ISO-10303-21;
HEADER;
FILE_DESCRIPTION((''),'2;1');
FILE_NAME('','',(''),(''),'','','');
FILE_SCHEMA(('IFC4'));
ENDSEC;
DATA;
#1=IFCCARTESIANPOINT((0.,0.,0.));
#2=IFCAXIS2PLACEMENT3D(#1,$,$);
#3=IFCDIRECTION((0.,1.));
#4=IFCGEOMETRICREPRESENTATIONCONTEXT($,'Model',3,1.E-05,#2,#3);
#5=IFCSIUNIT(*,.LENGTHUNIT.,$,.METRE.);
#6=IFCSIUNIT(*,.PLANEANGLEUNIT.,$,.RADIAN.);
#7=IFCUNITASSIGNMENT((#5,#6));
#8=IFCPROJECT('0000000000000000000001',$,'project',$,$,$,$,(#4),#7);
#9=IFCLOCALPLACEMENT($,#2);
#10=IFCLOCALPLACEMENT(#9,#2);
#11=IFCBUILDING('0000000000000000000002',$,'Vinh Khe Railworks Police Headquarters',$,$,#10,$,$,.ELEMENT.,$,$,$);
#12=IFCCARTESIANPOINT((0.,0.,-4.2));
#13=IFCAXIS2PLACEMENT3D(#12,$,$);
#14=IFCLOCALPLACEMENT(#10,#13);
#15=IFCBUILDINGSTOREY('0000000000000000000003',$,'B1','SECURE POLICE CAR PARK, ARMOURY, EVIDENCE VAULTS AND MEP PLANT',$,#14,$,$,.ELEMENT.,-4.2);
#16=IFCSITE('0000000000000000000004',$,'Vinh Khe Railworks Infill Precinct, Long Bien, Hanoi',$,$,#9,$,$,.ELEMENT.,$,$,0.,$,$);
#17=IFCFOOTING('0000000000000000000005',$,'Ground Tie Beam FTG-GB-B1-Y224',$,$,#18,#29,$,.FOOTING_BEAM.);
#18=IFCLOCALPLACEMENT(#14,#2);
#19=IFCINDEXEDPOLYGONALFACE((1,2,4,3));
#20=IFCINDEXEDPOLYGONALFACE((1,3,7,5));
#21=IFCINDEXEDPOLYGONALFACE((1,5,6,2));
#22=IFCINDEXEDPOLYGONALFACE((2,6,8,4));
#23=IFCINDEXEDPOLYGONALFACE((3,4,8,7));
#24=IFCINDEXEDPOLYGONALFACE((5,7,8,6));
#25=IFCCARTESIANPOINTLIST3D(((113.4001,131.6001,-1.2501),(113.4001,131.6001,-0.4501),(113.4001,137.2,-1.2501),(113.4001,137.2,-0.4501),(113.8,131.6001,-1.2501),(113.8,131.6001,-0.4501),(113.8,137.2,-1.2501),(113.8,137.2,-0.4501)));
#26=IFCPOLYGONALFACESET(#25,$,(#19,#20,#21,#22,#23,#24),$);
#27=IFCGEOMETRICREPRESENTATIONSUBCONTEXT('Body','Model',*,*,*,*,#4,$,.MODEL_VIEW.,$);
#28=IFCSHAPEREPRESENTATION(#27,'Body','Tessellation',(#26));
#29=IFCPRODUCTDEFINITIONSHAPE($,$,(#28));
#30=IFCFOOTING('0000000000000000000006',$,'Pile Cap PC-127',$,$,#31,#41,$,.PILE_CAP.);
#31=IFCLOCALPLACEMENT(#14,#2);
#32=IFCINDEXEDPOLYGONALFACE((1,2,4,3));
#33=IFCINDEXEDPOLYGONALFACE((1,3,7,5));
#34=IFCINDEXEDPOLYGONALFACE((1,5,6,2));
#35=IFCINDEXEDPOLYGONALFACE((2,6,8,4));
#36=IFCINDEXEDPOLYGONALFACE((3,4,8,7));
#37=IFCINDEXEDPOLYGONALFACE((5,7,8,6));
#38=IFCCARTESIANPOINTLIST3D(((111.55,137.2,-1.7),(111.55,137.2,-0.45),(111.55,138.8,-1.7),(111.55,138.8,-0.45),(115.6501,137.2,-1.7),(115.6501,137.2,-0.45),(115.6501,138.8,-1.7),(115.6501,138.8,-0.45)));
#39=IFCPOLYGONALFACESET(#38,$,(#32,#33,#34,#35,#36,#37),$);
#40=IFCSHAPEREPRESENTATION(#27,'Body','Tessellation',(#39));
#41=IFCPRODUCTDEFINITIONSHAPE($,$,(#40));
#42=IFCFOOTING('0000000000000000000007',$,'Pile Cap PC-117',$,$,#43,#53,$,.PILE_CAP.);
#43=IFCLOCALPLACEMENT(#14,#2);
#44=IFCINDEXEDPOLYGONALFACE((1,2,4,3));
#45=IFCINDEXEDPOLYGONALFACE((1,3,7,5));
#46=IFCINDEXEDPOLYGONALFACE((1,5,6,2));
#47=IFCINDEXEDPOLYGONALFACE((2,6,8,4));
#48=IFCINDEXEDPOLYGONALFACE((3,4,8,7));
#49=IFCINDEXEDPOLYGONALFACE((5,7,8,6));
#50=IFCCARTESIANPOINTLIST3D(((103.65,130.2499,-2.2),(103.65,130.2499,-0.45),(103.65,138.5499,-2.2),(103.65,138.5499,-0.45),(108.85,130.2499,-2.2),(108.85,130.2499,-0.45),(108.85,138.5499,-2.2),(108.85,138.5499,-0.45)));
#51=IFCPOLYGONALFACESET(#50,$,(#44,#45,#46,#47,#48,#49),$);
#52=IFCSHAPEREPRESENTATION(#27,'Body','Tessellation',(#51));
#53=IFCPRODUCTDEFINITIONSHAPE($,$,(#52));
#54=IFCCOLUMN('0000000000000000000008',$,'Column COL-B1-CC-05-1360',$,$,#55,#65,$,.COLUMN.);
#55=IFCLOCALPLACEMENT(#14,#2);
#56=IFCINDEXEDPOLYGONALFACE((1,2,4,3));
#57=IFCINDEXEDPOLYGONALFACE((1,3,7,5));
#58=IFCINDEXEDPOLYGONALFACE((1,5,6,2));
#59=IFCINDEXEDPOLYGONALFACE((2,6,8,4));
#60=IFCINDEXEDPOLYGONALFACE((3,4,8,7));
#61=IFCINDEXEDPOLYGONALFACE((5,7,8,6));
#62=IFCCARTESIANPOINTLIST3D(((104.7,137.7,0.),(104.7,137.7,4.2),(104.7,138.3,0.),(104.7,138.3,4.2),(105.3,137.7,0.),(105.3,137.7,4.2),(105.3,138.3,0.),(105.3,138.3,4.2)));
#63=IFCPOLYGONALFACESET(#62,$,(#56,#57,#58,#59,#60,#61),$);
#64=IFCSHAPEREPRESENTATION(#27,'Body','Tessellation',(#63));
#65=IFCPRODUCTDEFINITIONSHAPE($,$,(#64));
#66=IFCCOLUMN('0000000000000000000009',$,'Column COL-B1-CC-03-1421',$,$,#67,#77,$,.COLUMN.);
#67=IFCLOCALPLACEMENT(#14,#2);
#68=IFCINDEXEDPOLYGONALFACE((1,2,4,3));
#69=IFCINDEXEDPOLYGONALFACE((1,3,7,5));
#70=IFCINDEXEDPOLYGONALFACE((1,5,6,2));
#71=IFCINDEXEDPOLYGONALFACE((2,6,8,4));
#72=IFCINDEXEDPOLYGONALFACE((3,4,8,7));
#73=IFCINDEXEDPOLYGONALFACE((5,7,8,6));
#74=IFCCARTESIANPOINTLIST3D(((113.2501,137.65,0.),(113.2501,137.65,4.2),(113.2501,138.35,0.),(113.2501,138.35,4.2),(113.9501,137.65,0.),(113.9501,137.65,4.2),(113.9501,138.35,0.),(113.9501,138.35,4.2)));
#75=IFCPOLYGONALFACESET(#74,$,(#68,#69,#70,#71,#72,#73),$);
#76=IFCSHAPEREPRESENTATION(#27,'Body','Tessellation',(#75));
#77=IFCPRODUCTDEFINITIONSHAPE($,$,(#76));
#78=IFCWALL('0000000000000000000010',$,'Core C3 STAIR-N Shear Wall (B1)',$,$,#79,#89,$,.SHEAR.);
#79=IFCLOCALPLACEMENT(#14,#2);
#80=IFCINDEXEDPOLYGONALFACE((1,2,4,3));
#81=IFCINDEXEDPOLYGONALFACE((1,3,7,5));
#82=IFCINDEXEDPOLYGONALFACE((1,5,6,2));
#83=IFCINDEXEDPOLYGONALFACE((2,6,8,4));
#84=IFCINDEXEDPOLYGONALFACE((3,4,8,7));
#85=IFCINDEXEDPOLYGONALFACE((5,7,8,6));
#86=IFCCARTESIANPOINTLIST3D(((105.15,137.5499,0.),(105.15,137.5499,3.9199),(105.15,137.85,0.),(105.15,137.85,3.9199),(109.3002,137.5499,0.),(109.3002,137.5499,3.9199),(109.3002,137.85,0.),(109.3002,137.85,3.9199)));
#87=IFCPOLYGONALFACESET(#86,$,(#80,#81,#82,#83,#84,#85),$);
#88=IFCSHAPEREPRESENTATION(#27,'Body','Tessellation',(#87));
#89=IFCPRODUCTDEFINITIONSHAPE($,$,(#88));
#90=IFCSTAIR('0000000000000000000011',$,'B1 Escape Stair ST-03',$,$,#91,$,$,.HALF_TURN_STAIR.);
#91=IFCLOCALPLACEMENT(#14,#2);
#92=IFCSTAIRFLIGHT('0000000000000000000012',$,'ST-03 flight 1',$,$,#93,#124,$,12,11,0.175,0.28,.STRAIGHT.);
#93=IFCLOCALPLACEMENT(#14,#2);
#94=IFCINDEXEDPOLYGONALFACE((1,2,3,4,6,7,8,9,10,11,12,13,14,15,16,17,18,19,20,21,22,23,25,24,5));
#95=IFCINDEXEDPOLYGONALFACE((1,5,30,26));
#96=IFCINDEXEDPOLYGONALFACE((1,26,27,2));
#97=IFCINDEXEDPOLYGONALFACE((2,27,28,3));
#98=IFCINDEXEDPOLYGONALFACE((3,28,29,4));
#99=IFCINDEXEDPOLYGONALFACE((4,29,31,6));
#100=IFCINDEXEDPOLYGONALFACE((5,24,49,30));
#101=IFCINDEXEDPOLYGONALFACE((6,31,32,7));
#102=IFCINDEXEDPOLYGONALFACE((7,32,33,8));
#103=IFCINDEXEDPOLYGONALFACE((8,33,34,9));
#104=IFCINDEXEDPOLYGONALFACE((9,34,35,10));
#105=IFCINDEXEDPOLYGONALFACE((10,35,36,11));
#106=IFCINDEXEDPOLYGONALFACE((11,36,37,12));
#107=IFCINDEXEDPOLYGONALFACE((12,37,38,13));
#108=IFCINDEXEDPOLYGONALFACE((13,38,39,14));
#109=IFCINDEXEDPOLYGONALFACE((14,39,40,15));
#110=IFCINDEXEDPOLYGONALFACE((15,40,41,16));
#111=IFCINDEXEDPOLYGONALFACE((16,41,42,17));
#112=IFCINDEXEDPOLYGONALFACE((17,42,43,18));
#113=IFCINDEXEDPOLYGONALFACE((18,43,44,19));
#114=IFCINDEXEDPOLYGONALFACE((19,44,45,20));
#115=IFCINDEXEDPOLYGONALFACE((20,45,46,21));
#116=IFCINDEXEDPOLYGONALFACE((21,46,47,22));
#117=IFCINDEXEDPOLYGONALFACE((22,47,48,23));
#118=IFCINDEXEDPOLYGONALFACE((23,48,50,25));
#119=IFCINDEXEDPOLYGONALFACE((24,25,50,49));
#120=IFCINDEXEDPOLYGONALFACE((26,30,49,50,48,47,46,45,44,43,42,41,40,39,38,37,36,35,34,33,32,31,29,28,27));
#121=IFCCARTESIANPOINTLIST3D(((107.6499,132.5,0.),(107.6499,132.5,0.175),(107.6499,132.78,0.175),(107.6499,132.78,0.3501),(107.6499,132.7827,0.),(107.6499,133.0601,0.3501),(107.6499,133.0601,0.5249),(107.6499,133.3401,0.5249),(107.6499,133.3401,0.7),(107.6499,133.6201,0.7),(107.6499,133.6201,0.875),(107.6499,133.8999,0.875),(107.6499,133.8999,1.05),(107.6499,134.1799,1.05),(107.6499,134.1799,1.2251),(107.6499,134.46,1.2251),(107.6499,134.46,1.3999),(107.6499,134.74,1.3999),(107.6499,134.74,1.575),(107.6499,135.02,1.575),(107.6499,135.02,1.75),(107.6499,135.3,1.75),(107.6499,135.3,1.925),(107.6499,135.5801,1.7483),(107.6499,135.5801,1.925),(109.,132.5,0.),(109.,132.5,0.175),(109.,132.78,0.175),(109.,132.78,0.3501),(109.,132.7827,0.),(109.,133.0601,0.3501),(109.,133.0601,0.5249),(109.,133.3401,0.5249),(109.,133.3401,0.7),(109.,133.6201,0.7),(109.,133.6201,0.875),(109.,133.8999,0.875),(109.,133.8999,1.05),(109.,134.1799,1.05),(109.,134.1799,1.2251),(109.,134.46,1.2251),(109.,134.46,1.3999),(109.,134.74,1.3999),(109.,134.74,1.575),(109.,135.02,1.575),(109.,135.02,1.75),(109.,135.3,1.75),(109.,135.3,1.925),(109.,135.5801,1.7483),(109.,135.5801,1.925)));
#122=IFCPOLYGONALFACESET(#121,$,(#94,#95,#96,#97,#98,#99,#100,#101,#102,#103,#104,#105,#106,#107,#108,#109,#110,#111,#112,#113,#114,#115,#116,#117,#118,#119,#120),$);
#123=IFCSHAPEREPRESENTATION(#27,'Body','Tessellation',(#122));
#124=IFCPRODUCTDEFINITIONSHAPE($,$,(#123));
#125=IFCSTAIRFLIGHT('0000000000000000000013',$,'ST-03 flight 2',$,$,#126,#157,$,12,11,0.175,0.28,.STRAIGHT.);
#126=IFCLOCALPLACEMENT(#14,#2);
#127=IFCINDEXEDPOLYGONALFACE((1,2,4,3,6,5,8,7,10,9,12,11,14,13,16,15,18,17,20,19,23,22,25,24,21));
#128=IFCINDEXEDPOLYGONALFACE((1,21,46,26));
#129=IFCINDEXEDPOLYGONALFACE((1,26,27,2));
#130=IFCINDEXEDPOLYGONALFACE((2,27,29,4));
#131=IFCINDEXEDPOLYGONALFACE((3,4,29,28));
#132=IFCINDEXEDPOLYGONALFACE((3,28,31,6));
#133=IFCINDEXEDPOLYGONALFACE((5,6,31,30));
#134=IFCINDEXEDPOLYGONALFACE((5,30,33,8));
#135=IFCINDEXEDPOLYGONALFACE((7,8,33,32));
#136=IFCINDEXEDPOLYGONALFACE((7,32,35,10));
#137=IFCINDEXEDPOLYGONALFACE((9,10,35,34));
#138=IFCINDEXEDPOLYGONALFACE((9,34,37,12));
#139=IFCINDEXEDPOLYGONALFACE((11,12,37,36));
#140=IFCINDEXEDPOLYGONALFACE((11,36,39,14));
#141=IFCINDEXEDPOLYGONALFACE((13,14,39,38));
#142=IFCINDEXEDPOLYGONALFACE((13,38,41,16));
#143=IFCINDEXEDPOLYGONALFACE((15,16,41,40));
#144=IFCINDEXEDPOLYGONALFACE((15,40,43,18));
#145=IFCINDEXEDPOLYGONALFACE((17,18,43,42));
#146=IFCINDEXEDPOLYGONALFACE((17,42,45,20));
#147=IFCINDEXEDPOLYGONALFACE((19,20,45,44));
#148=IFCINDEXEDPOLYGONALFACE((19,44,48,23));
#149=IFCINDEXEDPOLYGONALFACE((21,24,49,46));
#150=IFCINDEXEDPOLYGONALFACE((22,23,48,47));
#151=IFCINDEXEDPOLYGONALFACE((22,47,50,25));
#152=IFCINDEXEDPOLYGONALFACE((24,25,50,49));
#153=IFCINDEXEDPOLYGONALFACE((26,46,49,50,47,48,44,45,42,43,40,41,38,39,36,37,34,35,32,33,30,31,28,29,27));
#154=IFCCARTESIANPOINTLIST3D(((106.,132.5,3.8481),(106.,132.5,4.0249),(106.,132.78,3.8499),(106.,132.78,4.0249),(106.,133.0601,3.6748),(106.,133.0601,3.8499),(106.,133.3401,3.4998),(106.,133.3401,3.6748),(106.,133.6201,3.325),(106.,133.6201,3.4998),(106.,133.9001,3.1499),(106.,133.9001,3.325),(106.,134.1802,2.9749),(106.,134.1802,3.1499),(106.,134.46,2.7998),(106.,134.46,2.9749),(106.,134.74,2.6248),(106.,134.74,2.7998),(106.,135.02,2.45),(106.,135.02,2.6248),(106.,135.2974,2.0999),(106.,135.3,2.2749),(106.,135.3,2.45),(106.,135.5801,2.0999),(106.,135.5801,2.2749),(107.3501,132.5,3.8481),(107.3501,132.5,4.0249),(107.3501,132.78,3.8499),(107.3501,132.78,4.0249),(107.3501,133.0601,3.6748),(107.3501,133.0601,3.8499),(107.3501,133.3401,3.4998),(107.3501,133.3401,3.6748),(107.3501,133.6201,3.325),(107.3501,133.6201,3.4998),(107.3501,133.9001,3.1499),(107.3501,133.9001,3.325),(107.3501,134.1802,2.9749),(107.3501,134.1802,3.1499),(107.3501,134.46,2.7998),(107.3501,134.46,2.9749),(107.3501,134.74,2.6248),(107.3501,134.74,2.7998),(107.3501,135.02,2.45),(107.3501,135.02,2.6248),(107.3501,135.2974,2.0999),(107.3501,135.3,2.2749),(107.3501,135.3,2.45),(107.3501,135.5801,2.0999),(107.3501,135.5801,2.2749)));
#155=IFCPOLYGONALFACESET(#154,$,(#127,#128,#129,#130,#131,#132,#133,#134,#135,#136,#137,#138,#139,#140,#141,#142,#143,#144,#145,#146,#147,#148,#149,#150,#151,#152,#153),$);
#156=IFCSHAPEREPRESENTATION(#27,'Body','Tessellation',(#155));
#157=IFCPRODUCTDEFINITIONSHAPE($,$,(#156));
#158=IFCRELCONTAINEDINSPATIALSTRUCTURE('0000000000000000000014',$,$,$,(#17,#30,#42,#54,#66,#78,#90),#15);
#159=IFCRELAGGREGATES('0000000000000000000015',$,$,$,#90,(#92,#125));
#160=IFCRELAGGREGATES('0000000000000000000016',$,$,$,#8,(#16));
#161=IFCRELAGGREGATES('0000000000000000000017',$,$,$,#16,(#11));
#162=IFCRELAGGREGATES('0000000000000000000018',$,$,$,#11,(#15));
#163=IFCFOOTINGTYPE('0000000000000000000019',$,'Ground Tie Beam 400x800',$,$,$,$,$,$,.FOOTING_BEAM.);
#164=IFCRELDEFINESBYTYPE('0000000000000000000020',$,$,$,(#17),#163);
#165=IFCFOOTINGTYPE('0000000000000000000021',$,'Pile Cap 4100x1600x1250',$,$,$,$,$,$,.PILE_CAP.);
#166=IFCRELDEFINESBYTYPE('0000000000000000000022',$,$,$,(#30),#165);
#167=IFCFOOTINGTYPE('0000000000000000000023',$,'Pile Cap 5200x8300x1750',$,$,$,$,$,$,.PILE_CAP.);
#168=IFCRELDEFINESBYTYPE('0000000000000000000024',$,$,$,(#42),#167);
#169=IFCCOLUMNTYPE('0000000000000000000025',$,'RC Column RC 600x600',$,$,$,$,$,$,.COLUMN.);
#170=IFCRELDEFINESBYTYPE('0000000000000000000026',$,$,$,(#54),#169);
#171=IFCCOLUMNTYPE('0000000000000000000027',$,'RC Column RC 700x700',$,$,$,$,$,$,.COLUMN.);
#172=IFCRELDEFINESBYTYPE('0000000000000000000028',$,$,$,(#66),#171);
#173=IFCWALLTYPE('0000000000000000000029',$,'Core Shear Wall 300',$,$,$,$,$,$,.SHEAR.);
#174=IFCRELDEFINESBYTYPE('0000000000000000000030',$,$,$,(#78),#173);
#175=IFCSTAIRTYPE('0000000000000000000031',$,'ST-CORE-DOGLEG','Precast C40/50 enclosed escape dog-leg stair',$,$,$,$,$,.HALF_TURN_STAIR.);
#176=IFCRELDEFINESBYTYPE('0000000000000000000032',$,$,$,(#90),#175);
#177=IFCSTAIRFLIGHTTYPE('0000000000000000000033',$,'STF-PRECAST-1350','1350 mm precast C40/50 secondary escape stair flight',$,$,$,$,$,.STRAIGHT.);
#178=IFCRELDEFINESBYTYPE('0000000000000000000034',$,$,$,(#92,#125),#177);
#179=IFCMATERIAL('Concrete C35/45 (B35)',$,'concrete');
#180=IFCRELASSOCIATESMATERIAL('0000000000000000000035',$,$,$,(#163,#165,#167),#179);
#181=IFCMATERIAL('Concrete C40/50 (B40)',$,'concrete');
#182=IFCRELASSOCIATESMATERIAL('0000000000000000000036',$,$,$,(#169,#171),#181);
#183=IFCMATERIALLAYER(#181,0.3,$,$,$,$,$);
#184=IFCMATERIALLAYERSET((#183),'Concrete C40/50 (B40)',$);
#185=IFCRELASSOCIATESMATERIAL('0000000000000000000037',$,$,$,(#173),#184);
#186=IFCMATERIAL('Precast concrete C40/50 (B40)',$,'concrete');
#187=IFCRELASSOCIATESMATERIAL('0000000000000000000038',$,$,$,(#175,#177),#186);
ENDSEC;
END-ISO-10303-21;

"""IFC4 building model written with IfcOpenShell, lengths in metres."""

from ifc_helpers import new_model, si_unit, direction, frame, frame_2d, origin, origin_2d, place, context, subcontext, project, spatial, polyline, rectangle, outline, extrude, material, layer, layer_set, material_profile, profile_set, type_object, element, aggregate, save


model = new_model("IFC4")

# Units and contexts
model_context = context("Model", 3, precision=1e-05, world=origin(), true_north=direction((0.0, 1.0)))
body_context = subcontext(model_context, "Body", "Model", "MODEL_VIEW")
ifc_project = project(units=[si_unit("LENGTHUNIT", "METRE"), si_unit("PLANEANGLEUNIT", "RADIAN")], contexts=[model_context])

# Site, building, storey
site_placement = place(None, origin())
site = spatial("IfcSite", under=ifc_project, at=site_placement, Name="Vinh Khe Railworks Infill Precinct, Long Bien, Hanoi", CompositionType="ELEMENT", RefElevation=0.0)
building_placement = place(site_placement, origin())
building = spatial("IfcBuilding", under=site, at=building_placement, Name="Vinh Khe Railworks Police Headquarters", CompositionType="ELEMENT")
storey_placement = place(building_placement, frame((0.0, 0.0, -4.2)))
storey = spatial("IfcBuildingStorey", under=building, at=storey_placement, Name="B1", Description="SECURE POLICE CAR PARK, ARMOURY, EVIDENCE VAULTS AND MEP PLANT", CompositionType="ELEMENT", Elevation=-4.2)

# Shared definitions
ifc_material_1 = material(Name="Concrete C35/45 (B35)", Category="concrete")

# Footings
ifc_material_profile_1 = material_profile(ifc_material_1, rectangle(XDim=0.3999, YDim=0.8, at=origin_2d()), Name="RC 400x800")
ifc_profile_set_1 = profile_set([ifc_material_profile_1], Name="Concrete C35/45 (B35)")
footing_type_1 = type_object("IfcFootingType", Name="Ground Tie Beam 400x800", PredefinedType="FOOTING_BEAM", material=ifc_profile_set_1)
footing_1_placement = place(storey_placement, frame((113.6001, 131.6001, -0.8501), z_axis=(0.0, 1.0, 0.0), x_axis=(-1.0, 0.0, 0.0)))
element("IfcFooting", 1, at=footing_1_placement, inside=storey, type_object=footing_type_1, Name="Ground Tie Beam FTG-GB-B1-Y224", PredefinedType="FOOTING_BEAM", context=body_context, shape_type="SweptSolid", body=[
    extrude(rectangle(XDim=0.3999, YDim=0.8, at=origin_2d()), origin(), (0.0, 0.0, 1.0), 5.5999),
])
footing_type_2 = type_object("IfcFootingType", Name="Pile Cap 4100x1600x1250", PredefinedType="PILE_CAP", material=ifc_material_1)
footing_2_placement = place(storey_placement, frame((113.6001, 138.0, -1.7), z_axis=(0.0, 0.0, 1.0), x_axis=(1.0, 0.0, 0.0)))
element("IfcFooting", 2, at=footing_2_placement, inside=storey, type_object=footing_type_2, Name="Pile Cap PC-127", PredefinedType="PILE_CAP", context=body_context, shape_type="SweptSolid", body=[
    extrude(rectangle(XDim=4.1001, YDim=1.6001, at=origin_2d()), origin(), (0.0, 0.0, 1.0), 1.25),
])
footing_type_3 = type_object("IfcFootingType", Name="Pile Cap 5200x8300x1750", PredefinedType="PILE_CAP", material=ifc_material_1)
footing_3_placement = place(storey_placement, frame((106.25, 134.3999, -2.2), z_axis=(0.0, 0.0, 1.0), x_axis=(1.0, 0.0, 0.0)))
element("IfcFooting", 3, at=footing_3_placement, inside=storey, type_object=footing_type_3, Name="Pile Cap PC-117", PredefinedType="PILE_CAP", context=body_context, shape_type="SweptSolid", body=[
    extrude(rectangle(XDim=5.2, YDim=8.3, at=origin_2d()), origin(), (0.0, 0.0, 1.0), 1.75),
])

# Columns
ifc_material_2 = material(Name="Concrete C40/50 (B40)", Category="concrete")
ifc_material_profile_2 = material_profile(ifc_material_2, rectangle(XDim=0.6001, YDim=0.6001, at=origin_2d()), Name="RC 600x600")
ifc_profile_set_2 = profile_set([ifc_material_profile_2], Name="Concrete C40/50 (B40)")
column_type_1 = type_object("IfcColumnType", Name="RC Column RC 600x600", PredefinedType="COLUMN", material=ifc_profile_set_2)
column_1_placement = place(storey_placement, frame((105.0, 138.0, 0.0), z_axis=(0.0, 0.0, 1.0), x_axis=(1.0, 0.0, 0.0)))
element("IfcColumn", 4, at=column_1_placement, inside=storey, type_object=column_type_1, Name="Column COL-B1-CC-05-1360", PredefinedType="COLUMN", context=body_context, shape_type="SweptSolid", body=[
    extrude(rectangle(XDim=0.6001, YDim=0.6001, at=origin_2d()), origin(), (0.0, 0.0, 1.0), 4.2),
])
ifc_material_profile_3 = material_profile(ifc_material_2, rectangle(XDim=0.7, YDim=0.7, at=origin_2d()), Name="RC 700x700")
ifc_profile_set_3 = profile_set([ifc_material_profile_3], Name="Concrete C40/50 (B40)")
column_type_2 = type_object("IfcColumnType", Name="RC Column RC 700x700", PredefinedType="COLUMN", material=ifc_profile_set_3)
column_2_placement = place(storey_placement, frame((113.6001, 138.0, 0.0), z_axis=(0.0, 0.0, 1.0), x_axis=(1.0, 0.0, 0.0)))
element("IfcColumn", 5, at=column_2_placement, inside=storey, type_object=column_type_2, Name="Column COL-B1-CC-03-1421", PredefinedType="COLUMN", context=body_context, shape_type="SweptSolid", body=[
    extrude(rectangle(XDim=0.7, YDim=0.7, at=origin_2d()), origin(), (0.0, 0.0, 1.0), 4.2),
])

# Wall
ifc_layer = layer(ifc_material_2, 0.3)
ifc_layer_set = layer_set([ifc_layer], Name="Concrete C40/50 (B40)")
wall_type = type_object("IfcWallType", Name="Core Shear Wall 300", PredefinedType="SHEAR", material=ifc_layer_set)
wall_placement = place(storey_placement, frame((105.1499, 137.7, 0.0), z_axis=(0.0, 0.0, 1.0), x_axis=(1.0, 0.0, 0.0)))
element("IfcWall", 6, at=wall_placement, inside=storey, type_object=wall_type, Name="Core C3 STAIR-N Shear Wall (B1)", PredefinedType="SHEAR", context=body_context, shape_type="SweptSolid", body=[
    extrude(rectangle(XDim=4.1501, YDim=0.3, at=frame_2d((2.0752, 0.0))), origin(), (0.0, 0.0, 1.0), 3.9199),
])

# Stair, stair flights
ifc_material_3 = material(Name="Precast concrete C40/50 (B40)", Category="concrete")
stair_type = type_object("IfcStairType", Name="ST-CORE-DOGLEG", Description="Precast C40/50 enclosed escape dog-leg stair", PredefinedType="HALF_TURN_STAIR", material=ifc_material_3)
stair_placement = place(storey_placement, origin())
stair = element("IfcStair", 7, at=stair_placement, inside=storey, type_object=stair_type, Name="B1 Escape Stair ST-03", PredefinedType="HALF_TURN_STAIR")
stair_flight_type = type_object("IfcStairFlightType", Name="STF-PRECAST-1350", Description="1350 mm precast C40/50 secondary escape stair flight", PredefinedType="STRAIGHT", material=ifc_material_3)
stair_flight_1_placement = place(storey_placement, frame((108.325, 132.5, 0.0), z_axis=(0.0, 0.0, 1.0), x_axis=(0.0, 1.0, 0.0)))
stair_flight_1 = element("IfcStairFlight", 8, at=stair_flight_1_placement, type_object=stair_flight_type, Name="ST-03 flight 1", NumberOfRisers=12, NumberOfTreads=11, PredefinedType="STRAIGHT", RiserHeight=0.175, TreadLength=0.28, context=body_context, shape_type="SweptSolid", body=[
    extrude(outline(polyline([(0.0, 0.0), (0.0, 0.175), (0.28, 0.175), (0.28, 0.3501), (0.5601, 0.3501), (0.5601, 0.5249), (0.8401, 0.5249), (0.8401, 0.7), (1.1201, 0.7), (1.1201, 0.875), (1.3999, 0.875), (1.3999, 1.05), (1.6799, 1.05), (1.6799, 1.2251), (1.96, 1.2251), (1.96, 1.3999), (2.24, 1.3999), (2.24, 1.575), (2.52, 1.575), (2.52, 1.75), (2.8, 1.75), (2.8, 1.925), (3.0801, 1.925), (3.0801, 2.1001), (3.0801, 1.7483), (0.2827, 0.0), (0.0, 0.0)])), frame((0.0, 0.675, 0.0), z_axis=(0.0, -1.0, 0.0), x_axis=(1.0, 0.0, 0.0)), (0.0, 0.0, 1.0), 1.3501),
])
stair_flight_2_placement = place(storey_placement, frame((106.675, 135.5801, 2.0999), z_axis=(0.0, 0.0, 1.0), x_axis=(0.0, -1.0, 0.0)))
stair_flight_2 = element("IfcStairFlight", 9, at=stair_flight_2_placement, type_object=stair_flight_type, Name="ST-03 flight 2", NumberOfRisers=12, NumberOfTreads=11, PredefinedType="STRAIGHT", RiserHeight=0.175, TreadLength=0.28, context=body_context, shape_type="SweptSolid", body=[
    extrude(outline(polyline([(0.0, 0.0), (0.0, 0.175), (0.28, 0.175), (0.28, 0.3501), (0.5601, 0.3501), (0.5601, 0.5249), (0.8401, 0.5249), (0.8401, 0.7), (1.1201, 0.7), (1.1201, 0.875), (1.3999, 0.875), (1.3999, 1.05), (1.6799, 1.05), (1.6799, 1.2251), (1.96, 1.2251), (1.96, 1.3999), (2.24, 1.3999), (2.24, 1.575), (2.52, 1.575), (2.52, 1.75), (2.8, 1.75), (2.8, 1.925), (3.0801, 1.925), (3.0801, 2.1001), (3.0801, 1.7483), (0.2827, 0.0), (0.0, 0.0)])), frame((0.0, 0.675, 0.0), z_axis=(0.0, -1.0, 0.0), x_axis=(1.0, 0.0, 0.0)), (0.0, 0.0, 1.0), 1.3501),
])
aggregate(stair, [stair_flight_1, stair_flight_2])

save(model, "model.ifc")
